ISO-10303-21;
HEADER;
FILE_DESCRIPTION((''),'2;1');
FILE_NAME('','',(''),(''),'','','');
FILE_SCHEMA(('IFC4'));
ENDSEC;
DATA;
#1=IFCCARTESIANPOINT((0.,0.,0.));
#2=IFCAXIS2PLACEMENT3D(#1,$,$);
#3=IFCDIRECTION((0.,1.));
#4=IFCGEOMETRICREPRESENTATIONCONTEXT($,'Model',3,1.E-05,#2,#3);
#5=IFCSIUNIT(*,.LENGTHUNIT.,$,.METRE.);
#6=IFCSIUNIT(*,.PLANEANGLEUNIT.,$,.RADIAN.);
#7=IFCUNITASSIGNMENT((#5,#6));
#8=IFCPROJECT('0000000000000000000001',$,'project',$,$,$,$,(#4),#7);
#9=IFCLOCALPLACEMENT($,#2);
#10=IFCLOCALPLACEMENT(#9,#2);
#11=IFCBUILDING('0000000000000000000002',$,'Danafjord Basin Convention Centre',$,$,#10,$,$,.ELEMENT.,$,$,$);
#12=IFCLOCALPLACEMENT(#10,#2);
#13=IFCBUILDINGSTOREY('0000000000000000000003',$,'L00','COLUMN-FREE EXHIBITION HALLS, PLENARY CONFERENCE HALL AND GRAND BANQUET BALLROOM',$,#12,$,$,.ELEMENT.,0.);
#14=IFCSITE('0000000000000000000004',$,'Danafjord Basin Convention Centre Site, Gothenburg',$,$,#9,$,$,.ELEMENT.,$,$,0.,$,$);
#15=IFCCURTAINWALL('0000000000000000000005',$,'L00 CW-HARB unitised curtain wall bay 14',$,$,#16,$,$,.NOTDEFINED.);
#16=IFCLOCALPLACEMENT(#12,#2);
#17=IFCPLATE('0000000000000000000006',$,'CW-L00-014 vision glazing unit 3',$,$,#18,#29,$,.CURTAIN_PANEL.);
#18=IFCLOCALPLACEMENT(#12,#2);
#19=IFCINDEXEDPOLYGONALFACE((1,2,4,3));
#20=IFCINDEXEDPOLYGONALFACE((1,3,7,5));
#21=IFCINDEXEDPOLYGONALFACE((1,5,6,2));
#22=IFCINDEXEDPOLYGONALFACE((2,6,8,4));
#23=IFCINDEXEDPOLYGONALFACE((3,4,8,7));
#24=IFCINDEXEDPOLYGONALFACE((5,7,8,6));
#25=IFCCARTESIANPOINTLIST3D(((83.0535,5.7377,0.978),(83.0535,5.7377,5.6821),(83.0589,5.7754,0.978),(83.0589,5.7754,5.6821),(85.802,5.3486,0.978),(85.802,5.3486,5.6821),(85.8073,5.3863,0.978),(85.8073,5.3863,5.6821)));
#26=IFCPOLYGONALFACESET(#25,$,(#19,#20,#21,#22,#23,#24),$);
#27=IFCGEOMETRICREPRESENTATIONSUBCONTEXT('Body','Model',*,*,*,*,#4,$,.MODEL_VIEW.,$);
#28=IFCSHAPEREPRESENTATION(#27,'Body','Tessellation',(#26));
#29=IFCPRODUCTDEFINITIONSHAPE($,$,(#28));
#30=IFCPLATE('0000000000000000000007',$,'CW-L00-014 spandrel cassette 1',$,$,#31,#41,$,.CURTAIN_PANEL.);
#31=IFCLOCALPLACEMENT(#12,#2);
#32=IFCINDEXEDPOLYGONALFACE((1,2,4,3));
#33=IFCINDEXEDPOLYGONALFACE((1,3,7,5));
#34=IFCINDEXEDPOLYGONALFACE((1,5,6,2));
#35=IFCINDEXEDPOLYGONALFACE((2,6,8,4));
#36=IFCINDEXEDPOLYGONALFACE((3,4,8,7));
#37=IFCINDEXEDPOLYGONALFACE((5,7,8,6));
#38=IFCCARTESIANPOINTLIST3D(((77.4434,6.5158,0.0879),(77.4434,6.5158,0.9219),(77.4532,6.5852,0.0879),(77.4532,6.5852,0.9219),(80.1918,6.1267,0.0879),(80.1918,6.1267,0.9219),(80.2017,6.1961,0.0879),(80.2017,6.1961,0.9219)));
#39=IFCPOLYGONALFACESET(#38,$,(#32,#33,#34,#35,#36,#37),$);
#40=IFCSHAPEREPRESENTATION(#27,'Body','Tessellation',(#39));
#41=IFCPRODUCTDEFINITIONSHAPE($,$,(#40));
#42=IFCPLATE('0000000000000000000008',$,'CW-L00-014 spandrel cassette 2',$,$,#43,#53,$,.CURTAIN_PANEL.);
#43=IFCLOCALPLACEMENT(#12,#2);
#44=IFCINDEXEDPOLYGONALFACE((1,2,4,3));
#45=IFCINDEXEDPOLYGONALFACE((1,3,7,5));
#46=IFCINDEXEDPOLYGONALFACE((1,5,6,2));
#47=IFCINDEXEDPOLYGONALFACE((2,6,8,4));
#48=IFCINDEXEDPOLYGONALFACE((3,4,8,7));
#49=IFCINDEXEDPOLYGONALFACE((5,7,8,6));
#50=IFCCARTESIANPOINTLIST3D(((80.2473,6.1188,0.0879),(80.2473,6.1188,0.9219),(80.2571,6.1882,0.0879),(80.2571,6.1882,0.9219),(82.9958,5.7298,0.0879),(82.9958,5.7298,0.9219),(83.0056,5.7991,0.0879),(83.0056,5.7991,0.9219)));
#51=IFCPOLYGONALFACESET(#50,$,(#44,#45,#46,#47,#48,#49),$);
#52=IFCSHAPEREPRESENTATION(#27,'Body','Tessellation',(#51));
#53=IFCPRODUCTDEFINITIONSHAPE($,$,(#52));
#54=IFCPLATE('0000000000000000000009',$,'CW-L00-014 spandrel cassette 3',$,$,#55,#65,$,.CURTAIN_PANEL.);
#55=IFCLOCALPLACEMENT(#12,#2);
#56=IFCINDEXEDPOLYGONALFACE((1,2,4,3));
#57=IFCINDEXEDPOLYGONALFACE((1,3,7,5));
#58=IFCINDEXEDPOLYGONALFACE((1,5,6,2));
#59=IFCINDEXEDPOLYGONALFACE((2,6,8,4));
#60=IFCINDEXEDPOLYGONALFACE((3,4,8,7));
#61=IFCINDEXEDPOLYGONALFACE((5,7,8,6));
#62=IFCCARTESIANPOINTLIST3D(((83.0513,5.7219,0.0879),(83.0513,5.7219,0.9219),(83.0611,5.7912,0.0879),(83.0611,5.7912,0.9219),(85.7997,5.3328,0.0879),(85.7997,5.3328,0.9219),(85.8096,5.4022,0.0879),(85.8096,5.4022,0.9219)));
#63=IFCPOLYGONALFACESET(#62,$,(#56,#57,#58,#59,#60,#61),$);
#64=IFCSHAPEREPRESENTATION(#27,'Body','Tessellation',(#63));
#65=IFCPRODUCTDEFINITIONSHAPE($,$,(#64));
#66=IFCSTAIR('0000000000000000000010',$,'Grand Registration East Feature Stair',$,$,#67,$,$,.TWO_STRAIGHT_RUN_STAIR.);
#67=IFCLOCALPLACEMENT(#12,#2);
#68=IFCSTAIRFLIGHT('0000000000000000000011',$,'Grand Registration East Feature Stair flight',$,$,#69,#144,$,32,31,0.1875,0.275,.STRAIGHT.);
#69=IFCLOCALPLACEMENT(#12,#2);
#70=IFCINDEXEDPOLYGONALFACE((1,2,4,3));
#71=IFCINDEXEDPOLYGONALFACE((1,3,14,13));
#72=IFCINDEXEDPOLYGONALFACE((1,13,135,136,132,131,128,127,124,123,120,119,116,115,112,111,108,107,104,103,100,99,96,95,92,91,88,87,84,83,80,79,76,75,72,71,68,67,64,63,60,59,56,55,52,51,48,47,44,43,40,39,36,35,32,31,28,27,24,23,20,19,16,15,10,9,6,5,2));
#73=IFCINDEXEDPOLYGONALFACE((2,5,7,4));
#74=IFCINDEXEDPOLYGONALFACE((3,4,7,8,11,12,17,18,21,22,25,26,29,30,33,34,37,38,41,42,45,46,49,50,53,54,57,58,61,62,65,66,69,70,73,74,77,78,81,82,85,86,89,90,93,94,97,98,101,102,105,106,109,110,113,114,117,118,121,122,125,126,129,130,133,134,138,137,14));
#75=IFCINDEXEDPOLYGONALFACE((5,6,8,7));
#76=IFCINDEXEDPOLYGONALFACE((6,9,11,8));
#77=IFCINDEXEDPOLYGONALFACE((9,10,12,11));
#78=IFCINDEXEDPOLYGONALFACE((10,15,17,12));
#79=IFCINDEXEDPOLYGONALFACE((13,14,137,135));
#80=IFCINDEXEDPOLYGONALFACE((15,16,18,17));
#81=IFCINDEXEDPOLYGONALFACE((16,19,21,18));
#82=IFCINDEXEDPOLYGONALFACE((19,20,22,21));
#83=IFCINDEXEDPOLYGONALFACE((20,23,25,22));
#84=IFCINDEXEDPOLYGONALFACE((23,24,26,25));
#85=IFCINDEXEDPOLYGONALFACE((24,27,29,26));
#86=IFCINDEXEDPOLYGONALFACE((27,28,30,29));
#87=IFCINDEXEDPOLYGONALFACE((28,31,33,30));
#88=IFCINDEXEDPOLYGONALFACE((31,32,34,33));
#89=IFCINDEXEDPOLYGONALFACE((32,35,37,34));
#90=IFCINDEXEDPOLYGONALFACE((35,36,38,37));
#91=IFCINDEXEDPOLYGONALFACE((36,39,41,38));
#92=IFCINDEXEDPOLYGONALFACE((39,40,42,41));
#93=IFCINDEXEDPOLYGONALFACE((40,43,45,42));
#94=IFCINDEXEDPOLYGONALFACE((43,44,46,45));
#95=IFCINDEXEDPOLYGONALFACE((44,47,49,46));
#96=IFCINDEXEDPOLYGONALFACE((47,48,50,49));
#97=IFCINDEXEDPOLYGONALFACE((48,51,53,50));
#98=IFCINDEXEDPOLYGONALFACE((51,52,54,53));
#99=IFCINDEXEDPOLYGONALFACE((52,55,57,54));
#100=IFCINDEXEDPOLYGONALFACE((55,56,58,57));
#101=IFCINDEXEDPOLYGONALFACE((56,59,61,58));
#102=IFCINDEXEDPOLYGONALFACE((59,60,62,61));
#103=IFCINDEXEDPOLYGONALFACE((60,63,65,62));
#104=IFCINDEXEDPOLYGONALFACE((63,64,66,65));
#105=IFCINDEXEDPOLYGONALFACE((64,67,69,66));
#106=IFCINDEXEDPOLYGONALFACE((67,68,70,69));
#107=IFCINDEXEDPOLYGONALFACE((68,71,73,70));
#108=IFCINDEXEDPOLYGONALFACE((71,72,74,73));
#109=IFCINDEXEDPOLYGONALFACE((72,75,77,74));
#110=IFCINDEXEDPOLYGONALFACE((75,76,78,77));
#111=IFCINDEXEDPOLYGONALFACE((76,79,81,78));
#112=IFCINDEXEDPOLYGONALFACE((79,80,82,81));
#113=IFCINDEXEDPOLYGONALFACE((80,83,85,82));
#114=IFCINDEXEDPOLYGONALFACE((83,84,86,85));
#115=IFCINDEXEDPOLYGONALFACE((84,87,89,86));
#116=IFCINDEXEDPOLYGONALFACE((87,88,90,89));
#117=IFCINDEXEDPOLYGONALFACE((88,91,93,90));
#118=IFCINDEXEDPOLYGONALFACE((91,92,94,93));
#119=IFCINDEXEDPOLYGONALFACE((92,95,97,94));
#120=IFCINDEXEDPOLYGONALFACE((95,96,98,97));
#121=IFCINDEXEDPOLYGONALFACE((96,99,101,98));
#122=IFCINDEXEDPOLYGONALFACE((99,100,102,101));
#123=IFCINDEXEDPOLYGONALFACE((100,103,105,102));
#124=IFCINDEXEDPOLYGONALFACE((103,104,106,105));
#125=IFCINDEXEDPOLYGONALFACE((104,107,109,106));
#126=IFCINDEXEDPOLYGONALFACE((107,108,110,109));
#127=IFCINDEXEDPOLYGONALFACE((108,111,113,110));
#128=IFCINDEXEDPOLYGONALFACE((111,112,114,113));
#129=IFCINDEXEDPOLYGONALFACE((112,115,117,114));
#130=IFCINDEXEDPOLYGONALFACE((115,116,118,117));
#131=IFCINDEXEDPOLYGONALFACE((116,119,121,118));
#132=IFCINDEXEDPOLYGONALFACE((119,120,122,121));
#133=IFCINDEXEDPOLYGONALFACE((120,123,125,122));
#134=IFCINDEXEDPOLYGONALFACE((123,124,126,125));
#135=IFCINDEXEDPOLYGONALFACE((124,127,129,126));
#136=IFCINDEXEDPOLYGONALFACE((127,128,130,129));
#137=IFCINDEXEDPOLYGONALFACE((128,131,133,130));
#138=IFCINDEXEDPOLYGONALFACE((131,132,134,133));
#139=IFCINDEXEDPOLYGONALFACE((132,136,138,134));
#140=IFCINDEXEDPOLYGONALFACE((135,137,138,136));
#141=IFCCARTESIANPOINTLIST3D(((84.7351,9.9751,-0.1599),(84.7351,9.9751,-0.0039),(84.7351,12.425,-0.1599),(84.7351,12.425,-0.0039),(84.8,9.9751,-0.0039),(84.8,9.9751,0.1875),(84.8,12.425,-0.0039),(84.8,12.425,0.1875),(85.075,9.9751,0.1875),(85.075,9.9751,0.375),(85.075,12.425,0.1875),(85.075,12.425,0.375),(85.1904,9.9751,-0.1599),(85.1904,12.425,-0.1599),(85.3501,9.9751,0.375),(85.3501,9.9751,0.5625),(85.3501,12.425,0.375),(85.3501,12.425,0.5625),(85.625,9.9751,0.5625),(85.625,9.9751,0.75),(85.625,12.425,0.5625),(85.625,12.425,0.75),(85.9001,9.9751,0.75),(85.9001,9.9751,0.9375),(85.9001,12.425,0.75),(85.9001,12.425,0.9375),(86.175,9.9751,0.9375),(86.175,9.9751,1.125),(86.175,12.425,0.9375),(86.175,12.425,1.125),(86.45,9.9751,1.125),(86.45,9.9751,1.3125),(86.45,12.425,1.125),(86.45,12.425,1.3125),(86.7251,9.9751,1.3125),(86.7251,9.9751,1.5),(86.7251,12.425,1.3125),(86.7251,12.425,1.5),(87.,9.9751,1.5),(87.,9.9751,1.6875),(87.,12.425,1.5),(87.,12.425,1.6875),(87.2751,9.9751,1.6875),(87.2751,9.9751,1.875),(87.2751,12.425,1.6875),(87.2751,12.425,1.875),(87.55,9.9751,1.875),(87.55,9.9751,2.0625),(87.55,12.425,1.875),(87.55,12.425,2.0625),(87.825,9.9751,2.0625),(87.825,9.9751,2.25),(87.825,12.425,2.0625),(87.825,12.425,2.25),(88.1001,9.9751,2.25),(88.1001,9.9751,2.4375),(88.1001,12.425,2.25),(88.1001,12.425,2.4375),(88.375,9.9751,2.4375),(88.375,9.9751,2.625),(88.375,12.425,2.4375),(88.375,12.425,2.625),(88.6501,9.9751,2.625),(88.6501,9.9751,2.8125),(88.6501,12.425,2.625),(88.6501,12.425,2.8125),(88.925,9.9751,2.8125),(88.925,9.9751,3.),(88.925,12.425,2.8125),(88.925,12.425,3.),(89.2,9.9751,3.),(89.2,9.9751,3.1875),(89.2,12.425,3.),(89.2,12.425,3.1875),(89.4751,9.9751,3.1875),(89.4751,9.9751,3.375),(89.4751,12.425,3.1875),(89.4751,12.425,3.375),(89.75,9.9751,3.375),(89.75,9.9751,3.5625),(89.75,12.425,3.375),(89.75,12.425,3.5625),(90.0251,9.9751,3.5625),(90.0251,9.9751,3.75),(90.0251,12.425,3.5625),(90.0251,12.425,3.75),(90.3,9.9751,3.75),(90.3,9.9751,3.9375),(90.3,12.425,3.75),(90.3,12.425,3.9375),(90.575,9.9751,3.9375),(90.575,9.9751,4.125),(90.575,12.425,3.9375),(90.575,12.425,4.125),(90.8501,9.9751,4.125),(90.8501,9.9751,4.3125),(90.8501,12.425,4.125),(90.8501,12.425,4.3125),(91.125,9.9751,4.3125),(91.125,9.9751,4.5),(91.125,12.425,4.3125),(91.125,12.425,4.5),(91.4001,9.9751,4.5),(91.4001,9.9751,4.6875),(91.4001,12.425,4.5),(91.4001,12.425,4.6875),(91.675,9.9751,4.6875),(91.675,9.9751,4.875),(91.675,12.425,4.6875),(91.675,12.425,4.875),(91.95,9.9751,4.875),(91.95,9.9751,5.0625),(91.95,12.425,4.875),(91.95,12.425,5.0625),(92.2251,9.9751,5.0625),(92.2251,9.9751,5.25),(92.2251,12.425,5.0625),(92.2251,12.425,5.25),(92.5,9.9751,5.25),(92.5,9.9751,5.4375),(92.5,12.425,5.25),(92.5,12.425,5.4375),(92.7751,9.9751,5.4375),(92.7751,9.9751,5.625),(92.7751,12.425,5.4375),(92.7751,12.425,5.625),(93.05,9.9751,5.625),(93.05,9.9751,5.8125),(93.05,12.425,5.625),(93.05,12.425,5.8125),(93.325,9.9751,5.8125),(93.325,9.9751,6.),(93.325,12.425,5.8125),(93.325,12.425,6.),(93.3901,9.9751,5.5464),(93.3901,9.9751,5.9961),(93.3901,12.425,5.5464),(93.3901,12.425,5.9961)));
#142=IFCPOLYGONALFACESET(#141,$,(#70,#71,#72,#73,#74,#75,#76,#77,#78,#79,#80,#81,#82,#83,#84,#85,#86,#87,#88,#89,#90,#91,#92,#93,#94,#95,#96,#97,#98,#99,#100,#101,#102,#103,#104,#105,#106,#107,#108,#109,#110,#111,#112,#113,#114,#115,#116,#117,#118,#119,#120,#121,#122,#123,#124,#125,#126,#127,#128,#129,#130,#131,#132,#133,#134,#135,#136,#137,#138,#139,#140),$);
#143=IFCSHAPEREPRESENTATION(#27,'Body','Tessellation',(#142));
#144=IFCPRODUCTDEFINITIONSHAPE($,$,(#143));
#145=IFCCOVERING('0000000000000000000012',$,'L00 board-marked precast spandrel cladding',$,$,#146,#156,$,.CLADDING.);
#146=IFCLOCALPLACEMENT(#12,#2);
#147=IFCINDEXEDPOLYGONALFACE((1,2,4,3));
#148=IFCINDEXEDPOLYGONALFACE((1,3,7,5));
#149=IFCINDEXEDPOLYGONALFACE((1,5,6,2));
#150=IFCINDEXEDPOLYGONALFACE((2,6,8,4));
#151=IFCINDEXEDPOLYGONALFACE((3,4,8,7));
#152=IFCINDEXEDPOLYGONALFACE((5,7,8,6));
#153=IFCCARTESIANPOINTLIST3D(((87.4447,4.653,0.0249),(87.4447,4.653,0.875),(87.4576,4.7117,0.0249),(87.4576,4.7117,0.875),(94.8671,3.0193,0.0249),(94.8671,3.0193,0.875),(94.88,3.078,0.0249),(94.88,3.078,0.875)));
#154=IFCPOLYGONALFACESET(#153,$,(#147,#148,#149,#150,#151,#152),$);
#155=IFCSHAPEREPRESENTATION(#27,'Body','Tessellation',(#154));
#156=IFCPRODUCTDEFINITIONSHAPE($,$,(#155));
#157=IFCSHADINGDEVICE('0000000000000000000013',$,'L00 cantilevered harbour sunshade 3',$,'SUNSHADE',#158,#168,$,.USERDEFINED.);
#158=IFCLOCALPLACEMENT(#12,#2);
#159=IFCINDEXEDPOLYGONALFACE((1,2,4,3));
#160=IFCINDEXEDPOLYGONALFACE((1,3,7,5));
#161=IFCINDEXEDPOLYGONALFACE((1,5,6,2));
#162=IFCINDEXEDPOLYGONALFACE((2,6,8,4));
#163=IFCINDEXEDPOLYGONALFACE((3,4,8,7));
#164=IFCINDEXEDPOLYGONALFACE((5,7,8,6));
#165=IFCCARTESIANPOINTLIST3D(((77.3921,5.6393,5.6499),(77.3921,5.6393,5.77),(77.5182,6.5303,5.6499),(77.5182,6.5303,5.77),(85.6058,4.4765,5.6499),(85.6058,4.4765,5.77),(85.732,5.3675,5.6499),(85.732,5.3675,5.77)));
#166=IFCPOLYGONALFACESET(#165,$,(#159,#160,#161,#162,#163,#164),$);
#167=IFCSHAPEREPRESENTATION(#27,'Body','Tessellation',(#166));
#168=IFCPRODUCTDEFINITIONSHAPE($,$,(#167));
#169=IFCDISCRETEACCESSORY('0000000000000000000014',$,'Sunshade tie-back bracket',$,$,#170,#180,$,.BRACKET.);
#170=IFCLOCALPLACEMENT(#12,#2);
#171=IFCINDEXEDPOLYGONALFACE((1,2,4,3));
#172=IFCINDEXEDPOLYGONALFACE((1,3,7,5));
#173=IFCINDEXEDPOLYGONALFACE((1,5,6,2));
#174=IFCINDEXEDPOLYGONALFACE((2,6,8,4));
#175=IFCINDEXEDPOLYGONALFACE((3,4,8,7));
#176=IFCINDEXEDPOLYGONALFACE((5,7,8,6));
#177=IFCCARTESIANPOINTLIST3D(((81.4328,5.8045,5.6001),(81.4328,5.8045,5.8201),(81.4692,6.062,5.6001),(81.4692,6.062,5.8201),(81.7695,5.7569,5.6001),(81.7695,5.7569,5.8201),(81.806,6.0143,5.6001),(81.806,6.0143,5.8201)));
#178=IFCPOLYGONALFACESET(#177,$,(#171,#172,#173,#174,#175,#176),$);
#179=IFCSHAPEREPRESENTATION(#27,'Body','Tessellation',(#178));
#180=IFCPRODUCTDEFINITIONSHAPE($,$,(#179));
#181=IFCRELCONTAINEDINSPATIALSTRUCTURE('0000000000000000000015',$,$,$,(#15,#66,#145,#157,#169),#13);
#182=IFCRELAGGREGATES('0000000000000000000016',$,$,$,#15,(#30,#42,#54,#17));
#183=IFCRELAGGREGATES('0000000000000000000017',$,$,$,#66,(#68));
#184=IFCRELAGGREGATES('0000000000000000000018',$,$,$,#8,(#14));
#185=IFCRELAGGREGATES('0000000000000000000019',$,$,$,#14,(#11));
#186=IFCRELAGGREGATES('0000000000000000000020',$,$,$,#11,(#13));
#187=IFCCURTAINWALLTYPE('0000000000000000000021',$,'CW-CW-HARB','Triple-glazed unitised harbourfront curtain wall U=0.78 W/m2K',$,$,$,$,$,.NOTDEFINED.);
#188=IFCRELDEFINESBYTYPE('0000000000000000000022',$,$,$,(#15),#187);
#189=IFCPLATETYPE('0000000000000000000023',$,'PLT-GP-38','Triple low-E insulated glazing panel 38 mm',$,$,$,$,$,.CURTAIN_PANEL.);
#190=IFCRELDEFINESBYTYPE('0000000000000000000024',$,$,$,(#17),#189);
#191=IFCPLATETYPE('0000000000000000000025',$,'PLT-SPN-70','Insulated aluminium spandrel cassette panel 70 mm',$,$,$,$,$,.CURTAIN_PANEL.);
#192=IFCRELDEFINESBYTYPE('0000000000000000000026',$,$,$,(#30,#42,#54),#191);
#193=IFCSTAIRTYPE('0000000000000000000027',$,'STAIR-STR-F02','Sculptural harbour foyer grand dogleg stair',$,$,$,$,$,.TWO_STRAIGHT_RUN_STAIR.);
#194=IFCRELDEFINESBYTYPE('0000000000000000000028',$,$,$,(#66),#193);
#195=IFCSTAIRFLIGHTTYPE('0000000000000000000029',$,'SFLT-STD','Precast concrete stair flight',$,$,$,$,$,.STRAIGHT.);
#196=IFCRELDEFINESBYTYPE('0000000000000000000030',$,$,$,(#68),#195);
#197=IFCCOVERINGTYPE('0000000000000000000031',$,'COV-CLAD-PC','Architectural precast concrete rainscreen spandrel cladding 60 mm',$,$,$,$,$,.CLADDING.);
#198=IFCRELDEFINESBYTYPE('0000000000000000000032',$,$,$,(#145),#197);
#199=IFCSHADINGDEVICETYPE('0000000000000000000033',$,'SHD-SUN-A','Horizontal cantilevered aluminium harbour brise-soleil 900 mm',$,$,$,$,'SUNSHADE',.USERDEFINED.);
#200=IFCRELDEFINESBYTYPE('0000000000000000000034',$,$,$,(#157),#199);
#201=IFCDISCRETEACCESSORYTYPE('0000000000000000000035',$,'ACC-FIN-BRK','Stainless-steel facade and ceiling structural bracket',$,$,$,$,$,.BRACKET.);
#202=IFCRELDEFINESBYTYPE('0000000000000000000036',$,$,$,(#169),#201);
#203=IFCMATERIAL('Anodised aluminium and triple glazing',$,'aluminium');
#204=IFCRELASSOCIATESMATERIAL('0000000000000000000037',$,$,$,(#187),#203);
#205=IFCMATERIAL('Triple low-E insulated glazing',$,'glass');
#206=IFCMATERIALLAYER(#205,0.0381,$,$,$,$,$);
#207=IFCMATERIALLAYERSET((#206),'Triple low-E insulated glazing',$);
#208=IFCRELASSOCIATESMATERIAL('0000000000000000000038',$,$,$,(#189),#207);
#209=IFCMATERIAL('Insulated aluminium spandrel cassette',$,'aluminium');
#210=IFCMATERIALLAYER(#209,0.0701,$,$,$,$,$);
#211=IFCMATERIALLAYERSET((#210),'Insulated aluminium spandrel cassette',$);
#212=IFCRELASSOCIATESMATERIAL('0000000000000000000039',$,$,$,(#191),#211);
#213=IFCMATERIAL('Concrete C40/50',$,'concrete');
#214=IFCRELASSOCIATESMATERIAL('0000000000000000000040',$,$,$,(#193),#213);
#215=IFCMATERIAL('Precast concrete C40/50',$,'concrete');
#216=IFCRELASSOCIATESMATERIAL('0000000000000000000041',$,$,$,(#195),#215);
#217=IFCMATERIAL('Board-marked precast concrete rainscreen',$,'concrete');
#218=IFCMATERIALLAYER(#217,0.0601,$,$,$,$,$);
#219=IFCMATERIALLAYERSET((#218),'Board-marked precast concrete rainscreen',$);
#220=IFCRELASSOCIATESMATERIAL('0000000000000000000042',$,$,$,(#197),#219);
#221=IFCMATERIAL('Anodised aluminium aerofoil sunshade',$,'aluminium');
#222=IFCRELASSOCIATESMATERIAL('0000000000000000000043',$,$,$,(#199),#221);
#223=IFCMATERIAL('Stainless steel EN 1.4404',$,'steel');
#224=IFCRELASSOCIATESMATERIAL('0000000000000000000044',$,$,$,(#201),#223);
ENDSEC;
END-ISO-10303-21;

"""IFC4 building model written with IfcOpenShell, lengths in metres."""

from ifc_helpers import new_model, si_unit, direction, frame, origin, origin_2d, place, context, subcontext, project, spatial, polyline, rectangle, outline, extrude, material, layer, layer_set, type_object, element, aggregate, save


model = new_model("IFC4")

# Units and contexts
model_context = context("Model", 3, precision=1e-05, world=origin(), true_north=direction((0.0, 1.0)))
body_context = subcontext(model_context, "Body", "Model", "MODEL_VIEW")
ifc_project = project(units=[si_unit("LENGTHUNIT", "METRE"), si_unit("PLANEANGLEUNIT", "RADIAN")], contexts=[model_context])

# Site, building, storey
site_placement = place(None, origin())
site = spatial("IfcSite", under=ifc_project, at=site_placement, Name="Danafjord Basin Convention Centre Site, Gothenburg", CompositionType="ELEMENT", RefElevation=0.0)
building_placement = place(site_placement, origin())
building = spatial("IfcBuilding", under=site, at=building_placement, Name="Danafjord Basin Convention Centre", CompositionType="ELEMENT")
storey_placement = place(building_placement, origin())
storey = spatial("IfcBuildingStorey", under=building, at=storey_placement, Name="L00", Description="COLUMN-FREE EXHIBITION HALLS, PLENARY CONFERENCE HALL AND GRAND BANQUET BALLROOM", CompositionType="ELEMENT", Elevation=0.0)

# Shared definitions
ifc_material_1 = material(Name="Concrete C40/50", Category="concrete")

# Curtain wall
ifc_material_2 = material(Name="Anodised aluminium and triple glazing", Category="aluminium")
curtain_wall_type = type_object("IfcCurtainWallType", Name="CW-CW-HARB", Description="Triple-glazed unitised harbourfront curtain wall U=0.78 W/m2K", PredefinedType="NOTDEFINED", material=ifc_material_2)
curtain_wall_placement = place(storey_placement, origin())
curtain_wall = element("IfcCurtainWall", 1, at=curtain_wall_placement, inside=storey, type_object=curtain_wall_type, Name="L00 CW-HARB unitised curtain wall bay 14", PredefinedType="NOTDEFINED")

# Plates
ifc_material_3 = material(Name="Triple low-E insulated glazing", Category="glass")
ifc_layer_1 = layer(ifc_material_3, 0.0381)
ifc_layer_set_1 = layer_set([ifc_layer_1], Name="Triple low-E insulated glazing")
plate_type_1 = type_object("IfcPlateType", Name="PLT-GP-38", Description="Triple low-E insulated glazing panel 38 mm", PredefinedType="CURTAIN_PANEL", material=ifc_layer_set_1)
plate_1_placement = place(storey_placement, frame((84.4304, 5.562, 0.978), z_axis=(0.0, 0.0, 1.0), x_axis=(0.990128, -0.140165, 0.0)))
plate_1 = element("IfcPlate", 2, at=plate_1_placement, type_object=plate_type_1, Name="CW-L00-014 vision glazing unit 3", PredefinedType="CURTAIN_PANEL", context=body_context, shape_type="SweptSolid", body=[
    extrude(rectangle(XDim=2.7759, YDim=0.0381, at=origin_2d()), origin(), (0.0, 0.0, 1.0), 4.7041),
])
ifc_material_4 = material(Name="Insulated aluminium spandrel cassette", Category="aluminium")
ifc_layer_2 = layer(ifc_material_4, 0.0701)
ifc_layer_set_2 = layer_set([ifc_layer_2], Name="Insulated aluminium spandrel cassette")
plate_type_2 = type_object("IfcPlateType", Name="PLT-SPN-70", Description="Insulated aluminium spandrel cassette panel 70 mm", PredefinedType="CURTAIN_PANEL", material=ifc_layer_set_2)
plate_2_placement = place(storey_placement, frame((78.8225, 6.356, 0.0879), z_axis=(0.0, 0.0, 1.0), x_axis=(0.990128, -0.140165, 0.0)))
plate_2 = element("IfcPlate", 3, at=plate_2_placement, type_object=plate_type_2, Name="CW-L00-014 spandrel cassette 1", PredefinedType="CURTAIN_PANEL", context=body_context, shape_type="SweptSolid", body=[
    extrude(rectangle(XDim=2.7759, YDim=0.0701, at=origin_2d()), origin(), (0.0, 0.0, 1.0), 0.834),
])
plate_3_placement = place(storey_placement, frame((81.6265, 5.959, 0.0879), z_axis=(0.0, 0.0, 1.0), x_axis=(0.990128, -0.140165, 0.0)))
plate_3 = element("IfcPlate", 4, at=plate_3_placement, type_object=plate_type_2, Name="CW-L00-014 spandrel cassette 2", PredefinedType="CURTAIN_PANEL", context=body_context, shape_type="SweptSolid", body=[
    extrude(rectangle(XDim=2.7759, YDim=0.0701, at=origin_2d()), origin(), (0.0, 0.0, 1.0), 0.834),
])
plate_4_placement = place(storey_placement, frame((84.4304, 5.562, 0.0879), z_axis=(0.0, 0.0, 1.0), x_axis=(0.990128, -0.140165, 0.0)))
plate_4 = element("IfcPlate", 5, at=plate_4_placement, type_object=plate_type_2, Name="CW-L00-014 spandrel cassette 3", PredefinedType="CURTAIN_PANEL", context=body_context, shape_type="SweptSolid", body=[
    extrude(rectangle(XDim=2.7759, YDim=0.0701, at=origin_2d()), origin(), (0.0, 0.0, 1.0), 0.834),
])
aggregate(curtain_wall, [plate_2, plate_3, plate_4, plate_1])

# Shared definitions
ifc_material_5 = material(Name="Precast concrete C40/50", Category="concrete")

# Stair, stair flight
stair_type = type_object("IfcStairType", Name="STAIR-STR-F02", Description="Sculptural harbour foyer grand dogleg stair", PredefinedType="TWO_STRAIGHT_RUN_STAIR", material=ifc_material_1)
stair_placement = place(storey_placement, origin())
stair = element("IfcStair", 6, at=stair_placement, inside=storey, type_object=stair_type, Name="Grand Registration East Feature Stair", PredefinedType="TWO_STRAIGHT_RUN_STAIR")
stair_flight_type = type_object("IfcStairFlightType", Name="SFLT-STD", Description="Precast concrete stair flight", PredefinedType="STRAIGHT", material=ifc_material_5)
stair_flight_placement = place(storey_placement, frame((84.8, 11.2, 0.0), z_axis=(0.0, 0.0, 1.0), x_axis=(1.0, 0.0, 0.0)))
stair_flight = element("IfcStairFlight", 7, at=stair_flight_placement, type_object=stair_flight_type, Name="Grand Registration East Feature Stair flight", NumberOfRisers=32, NumberOfTreads=31, PredefinedType="STRAIGHT", RiserHeight=0.1875, TreadLength=0.275, context=body_context, shape_type="SweptSolid", body=[
    extrude(outline(polyline([(-0.0649, -0.1599), (-0.0649, -0.0039), (0.0, -0.0039), (0.0, 0.1875), (0.2749, 0.1875), (0.2749, 0.375), (0.55, 0.375), (0.55, 0.5625), (0.825, 0.5625), (0.825, 0.75), (1.1001, 0.75), (1.1001, 0.9375), (1.375, 0.9375), (1.375, 1.125), (1.6499, 1.125), (1.6499, 1.3125), (1.925, 1.3125), (1.925, 1.5), (2.2, 1.5), (2.2, 1.6875), (2.4751, 1.6875), (2.4751, 1.875), (2.75, 1.875), (2.75, 2.0625), (3.0249, 2.0625), (3.0249, 2.25), (3.3, 2.25), (3.3, 2.4375), (3.575, 2.4375), (3.575, 2.625), (3.8501, 2.625), (3.8501, 2.8125), (4.125, 2.8125), (4.125, 3.0), (4.3999, 3.0), (4.3999, 3.1875), (4.675, 3.1875), (4.675, 3.375), (4.95, 3.375), (4.95, 3.5625), (5.2251, 3.5625), (5.2251, 3.75), (5.5, 3.75), (5.5, 3.9375), (5.7749, 3.9375), (5.7749, 4.125), (6.05, 4.125), (6.05, 4.3125), (6.325, 4.3125), (6.325, 4.5), (6.6001, 4.5), (6.6001, 4.6875), (6.875, 4.6875), (6.875, 4.875), (7.1499, 4.875), (7.1499, 5.0625), (7.425, 5.0625), (7.425, 5.25), (7.7, 5.25), (7.7, 5.4375), (7.9751, 5.4375), (7.9751, 5.625), (8.25, 5.625), (8.25, 5.8125), (8.5249, 5.8125), (8.5249, 6.0), (8.5901, 5.9961), (8.5901, 5.5464), (0.3904, -0.1599), (-0.0649, -0.1599)])), frame((0.0, 1.2251, 0.0), z_axis=(0.0, -1.0, 0.0), x_axis=(1.0, 0.0, 0.0)), (0.0, 0.0, 1.0), 2.45),
])
aggregate(stair, [stair_flight])

# Covering
ifc_material_6 = material(Name="Board-marked precast concrete rainscreen", Category="concrete")
ifc_layer_3 = layer(ifc_material_6, 0.0601)
ifc_layer_set_3 = layer_set([ifc_layer_3], Name="Board-marked precast concrete rainscreen")
covering_type = type_object("IfcCoveringType", Name="COV-CLAD-PC", Description="Architectural precast concrete rainscreen spandrel cladding 60 mm", PredefinedType="CLADDING", material=ifc_layer_set_3)
covering_placement = place(storey_placement, frame((91.1624, 3.8655, 0.0249), z_axis=(0.0, 0.0, 1.0), x_axis=(0.976623, -0.214959, 0.0)))
element("IfcCovering", 8, at=covering_placement, inside=storey, type_object=covering_type, Name="L00 board-marked precast spandrel cladding", PredefinedType="CLADDING", context=body_context, shape_type="SweptSolid", body=[
    extrude(rectangle(XDim=7.6001, YDim=0.0601, at=origin_2d()), origin(), (0.0, 0.0, 1.0), 0.8501),
])

# Shading device
ifc_material_7 = material(Name="Anodised aluminium aerofoil sunshade", Category="aluminium")
shading_device_type = type_object("IfcShadingDeviceType", Name="SHD-SUN-A", Description="Horizontal cantilevered aluminium harbour brise-soleil 900 mm", ElementType="SUNSHADE", PredefinedType="USERDEFINED", material=ifc_material_7)
shading_device_placement = place(storey_placement, frame((81.562, 5.5034, 5.6499), z_axis=(0.0, 0.0, 1.0), x_axis=(0.990128, -0.140165, 0.0)))
element("IfcShadingDevice", 9, at=shading_device_placement, inside=storey, type_object=shading_device_type, Name="L00 cantilevered harbour sunshade 3", ObjectType="SUNSHADE", PredefinedType="USERDEFINED", context=body_context, shape_type="SweptSolid", body=[
    extrude(rectangle(XDim=8.2957, YDim=0.8999, at=origin_2d()), origin(), (0.0, 0.0, 1.0), 0.1201),
])

# Discrete accessory
ifc_material_8 = material(Name="Stainless steel EN 1.4404", Category="steel")
discrete_accessory_type_1 = type_object("IfcDiscreteAccessoryType", Name="ACC-FIN-BRK", Description="Stainless-steel facade and ceiling structural bracket", PredefinedType="BRACKET", material=ifc_material_8)
discrete_accessory_1_placement = place(storey_placement, frame((81.6194, 5.9094, 5.6001), z_axis=(0.0, 0.0, 1.0), x_axis=(0.990128, -0.140165, 0.0)))
element("IfcDiscreteAccessory", 10, at=discrete_accessory_1_placement, inside=storey, type_object=discrete_accessory_type_1, Name="Sunshade tie-back bracket", PredefinedType="BRACKET", context=body_context, shape_type="SweptSolid", body=[
    extrude(rectangle(XDim=0.3401, YDim=0.26, at=origin_2d()), origin(), (0.0, 0.0, 1.0), 0.22),
])

save(model, "model.ifc")
